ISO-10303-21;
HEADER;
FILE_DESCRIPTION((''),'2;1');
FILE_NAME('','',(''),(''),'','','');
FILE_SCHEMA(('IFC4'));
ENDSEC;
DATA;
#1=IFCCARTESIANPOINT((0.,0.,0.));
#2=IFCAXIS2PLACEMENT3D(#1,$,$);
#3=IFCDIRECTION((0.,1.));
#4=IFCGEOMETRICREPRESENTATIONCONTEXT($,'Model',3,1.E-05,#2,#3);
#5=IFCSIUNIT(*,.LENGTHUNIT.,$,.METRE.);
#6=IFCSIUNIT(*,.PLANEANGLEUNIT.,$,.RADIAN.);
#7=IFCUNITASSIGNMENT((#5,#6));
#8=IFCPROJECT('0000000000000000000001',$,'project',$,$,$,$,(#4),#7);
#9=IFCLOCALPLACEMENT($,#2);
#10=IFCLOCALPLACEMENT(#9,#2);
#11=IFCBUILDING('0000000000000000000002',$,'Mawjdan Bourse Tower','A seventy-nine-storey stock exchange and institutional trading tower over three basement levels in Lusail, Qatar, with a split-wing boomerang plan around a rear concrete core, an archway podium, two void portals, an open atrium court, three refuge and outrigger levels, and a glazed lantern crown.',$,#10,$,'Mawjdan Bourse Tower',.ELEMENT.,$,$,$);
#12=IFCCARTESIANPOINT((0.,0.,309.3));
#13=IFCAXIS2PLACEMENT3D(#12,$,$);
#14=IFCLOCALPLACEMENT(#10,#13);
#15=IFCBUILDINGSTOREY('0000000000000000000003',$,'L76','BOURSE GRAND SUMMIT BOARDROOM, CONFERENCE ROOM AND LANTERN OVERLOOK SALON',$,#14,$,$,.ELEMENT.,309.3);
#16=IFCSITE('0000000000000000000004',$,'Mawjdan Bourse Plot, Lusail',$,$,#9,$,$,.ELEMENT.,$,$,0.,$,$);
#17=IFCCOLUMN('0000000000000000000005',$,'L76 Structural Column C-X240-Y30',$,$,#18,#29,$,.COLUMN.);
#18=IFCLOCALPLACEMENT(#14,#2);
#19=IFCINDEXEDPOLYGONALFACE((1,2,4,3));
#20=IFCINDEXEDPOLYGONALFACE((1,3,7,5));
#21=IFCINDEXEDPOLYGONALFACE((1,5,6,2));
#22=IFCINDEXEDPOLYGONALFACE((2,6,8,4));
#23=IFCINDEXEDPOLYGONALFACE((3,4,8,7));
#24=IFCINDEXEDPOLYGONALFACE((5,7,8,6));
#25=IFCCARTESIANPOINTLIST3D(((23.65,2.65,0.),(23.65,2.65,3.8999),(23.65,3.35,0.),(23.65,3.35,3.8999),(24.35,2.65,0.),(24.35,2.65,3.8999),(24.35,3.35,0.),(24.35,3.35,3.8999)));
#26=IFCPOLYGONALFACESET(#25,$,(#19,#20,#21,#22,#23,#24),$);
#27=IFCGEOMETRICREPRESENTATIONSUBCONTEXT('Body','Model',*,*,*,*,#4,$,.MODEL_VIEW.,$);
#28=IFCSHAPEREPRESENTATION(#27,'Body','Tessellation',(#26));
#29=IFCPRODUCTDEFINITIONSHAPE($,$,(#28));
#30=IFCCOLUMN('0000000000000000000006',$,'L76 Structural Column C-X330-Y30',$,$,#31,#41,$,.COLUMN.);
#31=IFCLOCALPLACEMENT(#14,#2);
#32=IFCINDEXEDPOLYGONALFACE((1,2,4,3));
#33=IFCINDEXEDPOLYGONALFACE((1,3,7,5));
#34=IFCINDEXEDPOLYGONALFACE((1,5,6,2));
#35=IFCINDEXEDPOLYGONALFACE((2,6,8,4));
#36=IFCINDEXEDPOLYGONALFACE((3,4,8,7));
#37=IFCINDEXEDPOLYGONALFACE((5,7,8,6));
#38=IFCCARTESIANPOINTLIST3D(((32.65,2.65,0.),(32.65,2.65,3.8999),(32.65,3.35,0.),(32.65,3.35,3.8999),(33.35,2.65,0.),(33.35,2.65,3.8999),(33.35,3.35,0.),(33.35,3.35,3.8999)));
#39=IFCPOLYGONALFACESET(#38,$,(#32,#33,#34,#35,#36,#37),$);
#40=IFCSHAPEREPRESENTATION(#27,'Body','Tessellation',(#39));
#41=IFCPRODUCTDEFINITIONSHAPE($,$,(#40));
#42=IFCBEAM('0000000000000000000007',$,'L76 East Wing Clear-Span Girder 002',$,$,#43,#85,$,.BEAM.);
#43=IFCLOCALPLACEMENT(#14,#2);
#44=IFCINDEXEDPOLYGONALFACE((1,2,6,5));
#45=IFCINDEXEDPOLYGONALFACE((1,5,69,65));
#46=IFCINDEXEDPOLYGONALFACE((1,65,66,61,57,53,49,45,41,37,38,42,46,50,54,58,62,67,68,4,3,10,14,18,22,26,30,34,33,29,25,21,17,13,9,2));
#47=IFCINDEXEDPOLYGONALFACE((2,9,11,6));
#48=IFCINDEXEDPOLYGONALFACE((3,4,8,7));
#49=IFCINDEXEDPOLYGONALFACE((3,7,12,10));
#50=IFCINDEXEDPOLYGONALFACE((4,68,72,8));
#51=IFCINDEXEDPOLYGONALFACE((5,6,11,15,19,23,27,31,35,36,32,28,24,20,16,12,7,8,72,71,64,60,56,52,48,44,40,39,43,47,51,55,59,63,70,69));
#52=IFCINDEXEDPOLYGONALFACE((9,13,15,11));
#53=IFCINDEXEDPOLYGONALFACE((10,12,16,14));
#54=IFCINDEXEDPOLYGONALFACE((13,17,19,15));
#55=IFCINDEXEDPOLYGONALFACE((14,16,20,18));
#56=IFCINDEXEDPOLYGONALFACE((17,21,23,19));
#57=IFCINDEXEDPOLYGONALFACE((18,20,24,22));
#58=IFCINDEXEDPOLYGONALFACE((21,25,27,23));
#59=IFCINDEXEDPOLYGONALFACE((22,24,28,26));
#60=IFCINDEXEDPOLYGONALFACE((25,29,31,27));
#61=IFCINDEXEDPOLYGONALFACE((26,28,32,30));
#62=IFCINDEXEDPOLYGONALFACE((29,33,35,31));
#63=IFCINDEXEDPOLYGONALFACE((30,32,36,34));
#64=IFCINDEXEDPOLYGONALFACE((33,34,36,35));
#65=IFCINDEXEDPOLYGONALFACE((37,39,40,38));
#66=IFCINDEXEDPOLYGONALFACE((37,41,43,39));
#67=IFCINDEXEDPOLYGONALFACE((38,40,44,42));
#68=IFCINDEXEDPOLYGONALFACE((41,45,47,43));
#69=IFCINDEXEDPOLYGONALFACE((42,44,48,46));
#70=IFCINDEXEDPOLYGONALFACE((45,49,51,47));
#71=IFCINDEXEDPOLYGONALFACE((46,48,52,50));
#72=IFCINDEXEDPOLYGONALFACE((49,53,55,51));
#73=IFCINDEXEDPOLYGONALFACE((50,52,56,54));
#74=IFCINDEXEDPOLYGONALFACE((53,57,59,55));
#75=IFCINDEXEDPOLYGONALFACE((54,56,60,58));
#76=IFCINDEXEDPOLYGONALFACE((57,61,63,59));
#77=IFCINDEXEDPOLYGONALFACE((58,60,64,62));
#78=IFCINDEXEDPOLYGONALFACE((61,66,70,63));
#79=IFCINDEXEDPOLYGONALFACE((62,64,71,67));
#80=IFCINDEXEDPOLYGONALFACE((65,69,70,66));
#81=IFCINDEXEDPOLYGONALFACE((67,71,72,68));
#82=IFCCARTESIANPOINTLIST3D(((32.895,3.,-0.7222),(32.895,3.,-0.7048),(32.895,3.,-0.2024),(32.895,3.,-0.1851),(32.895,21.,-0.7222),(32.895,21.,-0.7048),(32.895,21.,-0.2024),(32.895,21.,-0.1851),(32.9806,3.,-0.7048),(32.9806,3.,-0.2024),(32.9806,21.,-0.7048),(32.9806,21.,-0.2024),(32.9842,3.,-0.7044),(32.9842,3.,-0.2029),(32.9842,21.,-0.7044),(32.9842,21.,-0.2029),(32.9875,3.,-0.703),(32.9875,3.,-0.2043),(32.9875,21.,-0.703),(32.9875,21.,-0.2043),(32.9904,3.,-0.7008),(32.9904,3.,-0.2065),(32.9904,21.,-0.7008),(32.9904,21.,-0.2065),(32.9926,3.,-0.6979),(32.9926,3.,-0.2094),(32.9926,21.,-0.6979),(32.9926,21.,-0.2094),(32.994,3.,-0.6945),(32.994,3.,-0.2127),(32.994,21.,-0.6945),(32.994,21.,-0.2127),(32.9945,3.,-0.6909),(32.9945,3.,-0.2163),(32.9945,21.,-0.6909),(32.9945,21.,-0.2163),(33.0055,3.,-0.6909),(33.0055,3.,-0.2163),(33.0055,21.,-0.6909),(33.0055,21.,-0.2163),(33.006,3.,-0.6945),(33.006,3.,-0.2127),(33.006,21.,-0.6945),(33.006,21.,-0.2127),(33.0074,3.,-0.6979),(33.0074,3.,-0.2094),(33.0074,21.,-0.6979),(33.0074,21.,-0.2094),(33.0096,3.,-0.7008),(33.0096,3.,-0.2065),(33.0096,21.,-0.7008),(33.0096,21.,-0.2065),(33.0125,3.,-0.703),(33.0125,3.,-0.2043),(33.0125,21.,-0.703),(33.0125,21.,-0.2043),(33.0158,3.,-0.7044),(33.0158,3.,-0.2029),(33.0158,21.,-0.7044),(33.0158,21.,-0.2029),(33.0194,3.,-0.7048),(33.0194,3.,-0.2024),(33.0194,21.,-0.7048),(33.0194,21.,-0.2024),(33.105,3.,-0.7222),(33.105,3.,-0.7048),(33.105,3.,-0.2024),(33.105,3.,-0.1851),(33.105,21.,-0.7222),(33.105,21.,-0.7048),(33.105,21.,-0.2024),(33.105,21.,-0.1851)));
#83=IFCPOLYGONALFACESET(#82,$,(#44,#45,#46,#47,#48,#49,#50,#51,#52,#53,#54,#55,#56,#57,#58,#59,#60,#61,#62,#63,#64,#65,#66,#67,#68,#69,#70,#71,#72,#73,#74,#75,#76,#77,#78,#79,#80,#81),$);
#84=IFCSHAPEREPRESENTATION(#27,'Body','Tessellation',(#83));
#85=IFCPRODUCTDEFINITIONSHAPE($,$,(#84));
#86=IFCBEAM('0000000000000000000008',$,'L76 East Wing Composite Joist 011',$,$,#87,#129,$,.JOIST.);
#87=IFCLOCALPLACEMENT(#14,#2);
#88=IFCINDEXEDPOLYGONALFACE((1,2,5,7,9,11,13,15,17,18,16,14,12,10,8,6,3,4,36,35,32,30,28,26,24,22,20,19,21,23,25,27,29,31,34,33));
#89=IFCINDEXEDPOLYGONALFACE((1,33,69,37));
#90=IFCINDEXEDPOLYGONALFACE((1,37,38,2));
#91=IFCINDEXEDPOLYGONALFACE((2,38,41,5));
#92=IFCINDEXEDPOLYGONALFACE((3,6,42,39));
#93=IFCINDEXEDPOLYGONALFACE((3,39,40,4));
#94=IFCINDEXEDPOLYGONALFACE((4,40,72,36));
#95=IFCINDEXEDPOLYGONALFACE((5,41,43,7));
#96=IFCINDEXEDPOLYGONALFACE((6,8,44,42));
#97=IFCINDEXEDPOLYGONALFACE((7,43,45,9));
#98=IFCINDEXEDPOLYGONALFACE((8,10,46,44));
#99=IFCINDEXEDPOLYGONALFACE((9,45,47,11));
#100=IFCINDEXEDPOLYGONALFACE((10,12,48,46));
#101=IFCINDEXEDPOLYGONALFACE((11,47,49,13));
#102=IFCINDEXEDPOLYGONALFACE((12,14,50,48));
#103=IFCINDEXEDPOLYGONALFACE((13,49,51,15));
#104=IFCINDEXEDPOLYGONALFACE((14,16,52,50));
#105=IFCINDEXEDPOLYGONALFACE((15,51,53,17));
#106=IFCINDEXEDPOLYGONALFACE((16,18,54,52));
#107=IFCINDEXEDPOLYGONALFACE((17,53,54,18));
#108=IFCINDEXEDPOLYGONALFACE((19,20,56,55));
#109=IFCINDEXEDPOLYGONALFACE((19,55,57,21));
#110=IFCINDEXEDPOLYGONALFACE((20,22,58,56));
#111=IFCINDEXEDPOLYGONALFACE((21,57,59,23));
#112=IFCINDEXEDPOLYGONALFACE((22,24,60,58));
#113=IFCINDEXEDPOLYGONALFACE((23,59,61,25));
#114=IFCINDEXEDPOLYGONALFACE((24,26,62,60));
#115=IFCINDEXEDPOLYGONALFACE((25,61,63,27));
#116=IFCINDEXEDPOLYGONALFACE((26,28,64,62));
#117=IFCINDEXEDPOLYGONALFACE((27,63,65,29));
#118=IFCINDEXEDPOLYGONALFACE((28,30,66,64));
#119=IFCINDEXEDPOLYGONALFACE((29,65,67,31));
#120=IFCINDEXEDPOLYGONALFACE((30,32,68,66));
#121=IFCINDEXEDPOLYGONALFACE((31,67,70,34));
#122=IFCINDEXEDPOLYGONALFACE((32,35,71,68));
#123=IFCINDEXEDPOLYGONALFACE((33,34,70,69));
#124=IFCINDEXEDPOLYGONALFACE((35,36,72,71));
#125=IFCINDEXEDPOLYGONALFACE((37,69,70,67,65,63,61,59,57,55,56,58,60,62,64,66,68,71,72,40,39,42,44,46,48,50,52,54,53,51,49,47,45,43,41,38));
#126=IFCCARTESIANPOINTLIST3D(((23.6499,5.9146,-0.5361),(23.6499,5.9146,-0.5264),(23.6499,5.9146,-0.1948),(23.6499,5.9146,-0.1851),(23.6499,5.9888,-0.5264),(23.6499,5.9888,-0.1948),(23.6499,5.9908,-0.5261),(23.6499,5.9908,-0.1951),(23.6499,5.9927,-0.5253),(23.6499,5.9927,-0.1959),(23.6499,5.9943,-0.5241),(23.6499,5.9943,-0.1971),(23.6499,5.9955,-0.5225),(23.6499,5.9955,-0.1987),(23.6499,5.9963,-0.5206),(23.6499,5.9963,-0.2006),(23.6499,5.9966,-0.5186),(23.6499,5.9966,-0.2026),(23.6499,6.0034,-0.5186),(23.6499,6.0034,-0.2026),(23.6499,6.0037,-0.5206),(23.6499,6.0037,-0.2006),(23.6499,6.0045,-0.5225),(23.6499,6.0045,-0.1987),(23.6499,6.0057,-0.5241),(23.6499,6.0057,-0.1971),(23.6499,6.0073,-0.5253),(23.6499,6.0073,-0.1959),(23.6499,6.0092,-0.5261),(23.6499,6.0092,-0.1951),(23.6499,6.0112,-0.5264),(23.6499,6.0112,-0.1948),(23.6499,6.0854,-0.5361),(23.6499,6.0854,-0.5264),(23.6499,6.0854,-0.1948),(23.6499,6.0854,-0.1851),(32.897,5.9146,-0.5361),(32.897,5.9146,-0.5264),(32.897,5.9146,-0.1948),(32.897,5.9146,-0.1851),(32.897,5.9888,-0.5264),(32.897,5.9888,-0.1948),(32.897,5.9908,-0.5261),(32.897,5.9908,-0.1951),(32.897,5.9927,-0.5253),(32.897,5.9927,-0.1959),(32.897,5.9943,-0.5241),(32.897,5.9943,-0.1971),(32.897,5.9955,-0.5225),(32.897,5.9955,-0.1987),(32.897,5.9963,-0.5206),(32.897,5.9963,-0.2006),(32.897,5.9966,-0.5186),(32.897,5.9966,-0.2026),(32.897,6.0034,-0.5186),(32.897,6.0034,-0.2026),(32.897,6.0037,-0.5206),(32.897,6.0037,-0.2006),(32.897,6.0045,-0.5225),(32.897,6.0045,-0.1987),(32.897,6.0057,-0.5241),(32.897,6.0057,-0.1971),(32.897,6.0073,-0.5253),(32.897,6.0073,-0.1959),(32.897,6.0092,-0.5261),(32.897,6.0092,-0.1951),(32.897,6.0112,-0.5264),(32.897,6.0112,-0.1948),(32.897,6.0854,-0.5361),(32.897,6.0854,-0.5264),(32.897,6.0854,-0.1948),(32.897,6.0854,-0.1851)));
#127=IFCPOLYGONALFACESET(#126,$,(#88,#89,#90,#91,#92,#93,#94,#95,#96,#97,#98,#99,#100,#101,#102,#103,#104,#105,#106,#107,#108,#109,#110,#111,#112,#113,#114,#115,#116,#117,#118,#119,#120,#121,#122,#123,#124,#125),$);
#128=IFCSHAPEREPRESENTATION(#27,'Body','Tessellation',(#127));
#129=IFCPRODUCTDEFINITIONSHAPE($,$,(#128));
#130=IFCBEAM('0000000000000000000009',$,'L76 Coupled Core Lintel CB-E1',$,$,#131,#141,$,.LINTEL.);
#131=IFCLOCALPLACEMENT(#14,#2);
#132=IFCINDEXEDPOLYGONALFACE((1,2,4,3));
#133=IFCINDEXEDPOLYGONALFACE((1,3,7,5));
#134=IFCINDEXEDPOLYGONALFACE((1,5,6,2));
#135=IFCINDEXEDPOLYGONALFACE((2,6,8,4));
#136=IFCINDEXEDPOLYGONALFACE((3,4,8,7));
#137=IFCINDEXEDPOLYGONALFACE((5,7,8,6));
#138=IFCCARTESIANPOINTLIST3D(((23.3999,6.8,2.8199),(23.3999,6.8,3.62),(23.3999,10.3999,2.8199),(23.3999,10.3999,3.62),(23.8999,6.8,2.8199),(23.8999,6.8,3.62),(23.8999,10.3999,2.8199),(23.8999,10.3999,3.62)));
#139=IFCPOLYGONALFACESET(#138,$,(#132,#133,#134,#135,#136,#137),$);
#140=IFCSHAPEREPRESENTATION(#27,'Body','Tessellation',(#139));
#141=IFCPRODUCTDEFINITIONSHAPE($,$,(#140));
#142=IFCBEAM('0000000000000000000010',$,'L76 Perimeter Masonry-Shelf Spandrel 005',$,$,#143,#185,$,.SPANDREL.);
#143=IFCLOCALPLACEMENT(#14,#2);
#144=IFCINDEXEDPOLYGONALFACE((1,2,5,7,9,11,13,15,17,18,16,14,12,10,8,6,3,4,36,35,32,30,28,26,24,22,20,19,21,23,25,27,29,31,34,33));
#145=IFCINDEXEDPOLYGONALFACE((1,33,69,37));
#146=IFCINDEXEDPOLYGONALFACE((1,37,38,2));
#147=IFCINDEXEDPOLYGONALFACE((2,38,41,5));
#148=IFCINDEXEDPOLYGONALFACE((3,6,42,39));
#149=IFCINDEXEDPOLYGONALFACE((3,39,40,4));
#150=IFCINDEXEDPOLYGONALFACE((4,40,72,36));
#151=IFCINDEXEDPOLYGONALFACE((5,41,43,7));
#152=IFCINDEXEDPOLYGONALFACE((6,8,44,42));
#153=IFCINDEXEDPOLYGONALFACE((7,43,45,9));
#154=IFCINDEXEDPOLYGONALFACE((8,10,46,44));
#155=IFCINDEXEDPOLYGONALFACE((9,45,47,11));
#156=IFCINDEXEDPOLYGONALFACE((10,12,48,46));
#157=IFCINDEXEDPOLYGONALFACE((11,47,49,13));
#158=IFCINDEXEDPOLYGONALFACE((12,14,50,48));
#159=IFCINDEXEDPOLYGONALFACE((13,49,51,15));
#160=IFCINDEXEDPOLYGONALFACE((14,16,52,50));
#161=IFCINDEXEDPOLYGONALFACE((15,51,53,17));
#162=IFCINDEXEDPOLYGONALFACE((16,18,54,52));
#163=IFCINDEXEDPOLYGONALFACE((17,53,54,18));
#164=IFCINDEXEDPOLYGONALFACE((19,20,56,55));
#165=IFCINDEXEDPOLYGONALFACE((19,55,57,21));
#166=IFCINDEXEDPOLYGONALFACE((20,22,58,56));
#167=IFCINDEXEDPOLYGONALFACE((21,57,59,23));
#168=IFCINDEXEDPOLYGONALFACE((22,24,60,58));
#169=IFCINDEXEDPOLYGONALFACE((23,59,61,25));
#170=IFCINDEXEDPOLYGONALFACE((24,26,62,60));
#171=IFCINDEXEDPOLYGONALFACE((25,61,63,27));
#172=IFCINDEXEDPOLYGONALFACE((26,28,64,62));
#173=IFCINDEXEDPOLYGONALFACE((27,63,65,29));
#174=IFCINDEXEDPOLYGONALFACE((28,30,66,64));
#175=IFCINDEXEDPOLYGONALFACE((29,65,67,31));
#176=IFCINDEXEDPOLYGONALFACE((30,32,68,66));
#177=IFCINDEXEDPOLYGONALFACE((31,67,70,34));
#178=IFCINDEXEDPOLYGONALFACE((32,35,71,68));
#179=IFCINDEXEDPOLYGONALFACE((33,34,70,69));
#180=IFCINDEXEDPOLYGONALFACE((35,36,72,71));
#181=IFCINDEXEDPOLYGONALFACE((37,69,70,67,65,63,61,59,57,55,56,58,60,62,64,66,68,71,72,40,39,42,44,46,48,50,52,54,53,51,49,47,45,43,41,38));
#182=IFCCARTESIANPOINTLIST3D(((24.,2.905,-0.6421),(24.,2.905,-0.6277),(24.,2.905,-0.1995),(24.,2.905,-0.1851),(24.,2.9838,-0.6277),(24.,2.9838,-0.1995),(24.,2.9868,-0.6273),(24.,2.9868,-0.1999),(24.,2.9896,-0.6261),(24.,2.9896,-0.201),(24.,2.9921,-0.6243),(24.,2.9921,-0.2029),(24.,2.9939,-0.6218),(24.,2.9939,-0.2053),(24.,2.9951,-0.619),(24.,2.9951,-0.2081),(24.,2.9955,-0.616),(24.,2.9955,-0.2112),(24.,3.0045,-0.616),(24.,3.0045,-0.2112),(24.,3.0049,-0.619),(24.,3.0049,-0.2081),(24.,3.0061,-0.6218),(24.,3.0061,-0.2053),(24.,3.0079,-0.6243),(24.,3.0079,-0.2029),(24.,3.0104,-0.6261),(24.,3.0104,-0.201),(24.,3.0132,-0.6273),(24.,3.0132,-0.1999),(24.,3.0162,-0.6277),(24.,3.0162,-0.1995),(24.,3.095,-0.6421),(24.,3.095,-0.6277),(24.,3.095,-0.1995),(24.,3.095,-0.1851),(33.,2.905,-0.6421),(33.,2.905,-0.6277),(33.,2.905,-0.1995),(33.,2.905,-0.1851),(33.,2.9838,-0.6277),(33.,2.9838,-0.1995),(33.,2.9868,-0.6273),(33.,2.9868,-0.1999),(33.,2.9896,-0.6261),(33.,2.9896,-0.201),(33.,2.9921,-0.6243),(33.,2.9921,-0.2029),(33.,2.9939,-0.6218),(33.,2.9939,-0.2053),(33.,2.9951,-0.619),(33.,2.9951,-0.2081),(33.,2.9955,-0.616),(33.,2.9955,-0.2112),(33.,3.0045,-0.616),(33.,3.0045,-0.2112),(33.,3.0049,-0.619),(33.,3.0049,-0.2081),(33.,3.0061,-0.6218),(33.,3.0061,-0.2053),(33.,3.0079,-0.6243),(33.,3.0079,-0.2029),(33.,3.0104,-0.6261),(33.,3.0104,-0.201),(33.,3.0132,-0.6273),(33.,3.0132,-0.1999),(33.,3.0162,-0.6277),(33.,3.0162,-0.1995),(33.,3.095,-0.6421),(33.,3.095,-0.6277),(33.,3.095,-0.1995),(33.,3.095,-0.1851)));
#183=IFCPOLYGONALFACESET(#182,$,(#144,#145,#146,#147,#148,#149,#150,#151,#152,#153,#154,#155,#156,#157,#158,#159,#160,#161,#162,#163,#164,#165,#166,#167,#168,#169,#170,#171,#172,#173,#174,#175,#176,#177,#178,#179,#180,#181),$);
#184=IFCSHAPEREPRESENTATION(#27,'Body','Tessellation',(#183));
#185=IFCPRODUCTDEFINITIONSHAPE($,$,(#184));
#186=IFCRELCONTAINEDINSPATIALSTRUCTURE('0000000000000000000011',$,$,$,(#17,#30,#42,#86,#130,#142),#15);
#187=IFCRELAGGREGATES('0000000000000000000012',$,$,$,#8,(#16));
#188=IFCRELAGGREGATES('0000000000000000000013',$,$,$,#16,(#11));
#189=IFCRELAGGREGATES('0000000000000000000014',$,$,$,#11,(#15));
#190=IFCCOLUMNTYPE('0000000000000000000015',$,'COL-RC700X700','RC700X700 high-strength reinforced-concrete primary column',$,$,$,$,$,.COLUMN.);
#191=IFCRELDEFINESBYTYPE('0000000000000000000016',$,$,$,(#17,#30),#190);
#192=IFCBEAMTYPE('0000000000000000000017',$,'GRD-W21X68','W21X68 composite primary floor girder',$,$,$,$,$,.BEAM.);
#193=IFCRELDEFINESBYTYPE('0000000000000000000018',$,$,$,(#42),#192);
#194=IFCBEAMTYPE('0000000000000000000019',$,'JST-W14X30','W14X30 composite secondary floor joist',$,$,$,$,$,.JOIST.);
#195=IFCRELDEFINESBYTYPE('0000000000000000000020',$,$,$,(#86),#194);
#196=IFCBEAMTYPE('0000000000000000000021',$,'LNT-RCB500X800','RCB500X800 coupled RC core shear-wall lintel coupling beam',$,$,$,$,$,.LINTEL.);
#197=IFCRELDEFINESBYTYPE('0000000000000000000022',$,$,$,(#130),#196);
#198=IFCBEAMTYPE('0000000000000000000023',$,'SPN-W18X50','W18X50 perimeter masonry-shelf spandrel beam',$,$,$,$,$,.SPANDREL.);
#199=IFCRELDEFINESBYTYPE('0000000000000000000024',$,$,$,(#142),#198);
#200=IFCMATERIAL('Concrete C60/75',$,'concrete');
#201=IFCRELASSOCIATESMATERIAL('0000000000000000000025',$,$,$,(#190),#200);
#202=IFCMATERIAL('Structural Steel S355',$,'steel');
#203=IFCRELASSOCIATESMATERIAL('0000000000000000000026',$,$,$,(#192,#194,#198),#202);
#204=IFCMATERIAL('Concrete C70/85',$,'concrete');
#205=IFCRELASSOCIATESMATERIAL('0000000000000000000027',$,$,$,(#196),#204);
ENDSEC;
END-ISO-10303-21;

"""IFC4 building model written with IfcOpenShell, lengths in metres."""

from ifc_helpers import new_model, si_unit, direction, frame, origin, origin_2d, place, context, subcontext, project, spatial, rectangle, i_section, extrude, material, material_profile, profile_set, type_object, element, save


model = new_model("IFC4")

# Units and contexts
model_context = context("Model", 3, precision=1e-05, world=origin(), true_north=direction((0.0, 1.0)))
body_context = subcontext(model_context, "Body", "Model", "MODEL_VIEW")
ifc_project = project(units=[si_unit("LENGTHUNIT", "METRE"), si_unit("PLANEANGLEUNIT", "RADIAN")], contexts=[model_context])

# Site, building, storey
site_placement = place(None, origin())
site = spatial("IfcSite", under=ifc_project, at=site_placement, Name="Mawjdan Bourse Plot, Lusail", CompositionType="ELEMENT", RefElevation=0.0)
building_placement = place(site_placement, origin())
building = spatial("IfcBuilding", under=site, at=building_placement, Name="Mawjdan Bourse Tower", Description="A seventy-nine-storey stock exchange and institutional trading tower over three basement levels in Lusail, Qatar, with a split-wing boomerang plan around a rear concrete core, an archway podium, two void portals, an open atrium court, three refuge and outrigger levels, and a glazed lantern crown.", LongName="Mawjdan Bourse Tower", CompositionType="ELEMENT")
storey_placement = place(building_placement, frame((0.0, 0.0, 309.3)))
storey = spatial("IfcBuildingStorey", under=building, at=storey_placement, Name="L76", Description="BOURSE GRAND SUMMIT BOARDROOM, CONFERENCE ROOM AND LANTERN OVERLOOK SALON", CompositionType="ELEMENT", Elevation=309.3)

# Columns
ifc_material_1 = material(Name="Concrete C60/75", Category="concrete")
ifc_material_profile_1 = material_profile(ifc_material_1, rectangle(XDim=0.7, YDim=0.7, at=origin_2d()), Name="RC700X700")
ifc_profile_set_1 = profile_set([ifc_material_profile_1], Name="Concrete C60/75")
column_type = type_object("IfcColumnType", Name="COL-RC700X700", Description="RC700X700 high-strength reinforced-concrete primary column", PredefinedType="COLUMN", material=ifc_profile_set_1)
for number, where, z_axis, x_axis, name in (
    (1, (24.0, 3.0, 0.0), (0.0, 0.0, 1.0), (1.0, 0.0, 0.0), "L76 Structural Column C-X240-Y30"),
    (2, (33.0, 3.0, 0.0), (0.0, 0.0, 1.0), (1.0, 0.0, 0.0), "L76 Structural Column C-X330-Y30"),
):
    element("IfcColumn", number, at=place(storey_placement, frame(where, z_axis=z_axis, x_axis=x_axis)), inside=storey, type_object=column_type, Name=name, PredefinedType="COLUMN", context=body_context, shape_type="SweptSolid", body=[
        extrude(rectangle(XDim=0.7, YDim=0.7, at=origin_2d()), origin(), (0.0, 0.0, 1.0), 3.8999),
    ])

# Beams
ifc_material_2 = material(Name="Structural Steel S355", Category="steel")
ifc_material_profile_2 = material_profile(ifc_material_2, i_section(OverallWidth=0.21, OverallDepth=0.5371, WebThickness=0.011, FlangeThickness=0.0173, FilletRadius=0.0139, at=origin_2d()), Name="W21X68")
ifc_profile_set_2 = profile_set([ifc_material_profile_2], Name="Structural Steel S355")
beam_type_1 = type_object("IfcBeamType", Name="GRD-W21X68", Description="W21X68 composite primary floor girder", PredefinedType="BEAM", material=ifc_profile_set_2)
beam_1_placement = place(storey_placement, frame((33.0, 3.0, -0.4536), z_axis=(0.0, 1.0, 0.0), x_axis=(-1.0, 0.0, 0.0)))
element("IfcBeam", 3, at=beam_1_placement, inside=storey, type_object=beam_type_1, Name="L76 East Wing Clear-Span Girder 002", PredefinedType="BEAM", context=body_context, shape_type="SweptSolid", body=[
    extrude(i_section(OverallWidth=0.21, OverallDepth=0.5371, WebThickness=0.011, FlangeThickness=0.0173, FilletRadius=0.0139, at=origin_2d()), origin(), (0.0, 0.0, 1.0), 18.0),
])
ifc_material_profile_3 = material_profile(ifc_material_2, i_section(OverallWidth=0.1709, OverallDepth=0.3511, WebThickness=0.0068, FlangeThickness=0.0098, FilletRadius=0.0078, at=origin_2d()), Name="W14X30")
ifc_profile_set_3 = profile_set([ifc_material_profile_3], Name="Structural Steel S355")
beam_type_2 = type_object("IfcBeamType", Name="JST-W14X30", Description="W14X30 composite secondary floor joist", PredefinedType="JOIST", material=ifc_profile_set_3)
beam_2_placement = place(storey_placement, frame((23.6499, 6.0, -0.3606), z_axis=(1.0, 0.0, 0.0), x_axis=(0.0, 1.0, 0.0)))
element("IfcBeam", 4, at=beam_2_placement, inside=storey, type_object=beam_type_2, Name="L76 East Wing Composite Joist 011", PredefinedType="JOIST", context=body_context, shape_type="SweptSolid", body=[
    extrude(i_section(OverallWidth=0.1709, OverallDepth=0.3511, WebThickness=0.0068, FlangeThickness=0.0098, FilletRadius=0.0078, at=origin_2d()), origin(), (0.0, 0.0, 1.0), 9.2471),
])
ifc_material_3 = material(Name="Concrete C70/85", Category="concrete")
ifc_material_profile_4 = material_profile(ifc_material_3, rectangle(XDim=0.5, YDim=0.8, at=origin_2d()), Name="RCB500X800")
ifc_profile_set_4 = profile_set([ifc_material_profile_4], Name="Concrete C70/85")
beam_type_3 = type_object("IfcBeamType", Name="LNT-RCB500X800", Description="RCB500X800 coupled RC core shear-wall lintel coupling beam", PredefinedType="LINTEL", material=ifc_profile_set_4)
beam_3_placement = place(storey_placement, frame((23.6499, 6.8, 3.22), z_axis=(0.0, 1.0, 0.0), x_axis=(-1.0, 0.0, 0.0)))
element("IfcBeam", 5, at=beam_3_placement, inside=storey, type_object=beam_type_3, Name="L76 Coupled Core Lintel CB-E1", PredefinedType="LINTEL", context=body_context, shape_type="SweptSolid", body=[
    extrude(rectangle(XDim=0.5, YDim=0.8, at=origin_2d()), origin(), (0.0, 0.0, 1.0), 3.5999),
])
ifc_material_profile_5 = material_profile(ifc_material_2, i_section(OverallWidth=0.1899, OverallDepth=0.457, WebThickness=0.009, FlangeThickness=0.0144, FilletRadius=0.0117, at=origin_2d()), Name="W18X50")
ifc_profile_set_5 = profile_set([ifc_material_profile_5], Name="Structural Steel S355")
beam_type_4 = type_object("IfcBeamType", Name="SPN-W18X50", Description="W18X50 perimeter masonry-shelf spandrel beam", PredefinedType="SPANDREL", material=ifc_profile_set_5)
beam_4_placement = place(storey_placement, frame((24.0, 3.0, -0.4136), z_axis=(1.0, 0.0, 0.0), x_axis=(0.0, 1.0, 0.0)))
element("IfcBeam", 6, at=beam_4_placement, inside=storey, type_object=beam_type_4, Name="L76 Perimeter Masonry-Shelf Spandrel 005", PredefinedType="SPANDREL", context=body_context, shape_type="SweptSolid", body=[
    extrude(i_section(OverallWidth=0.1899, OverallDepth=0.457, WebThickness=0.009, FlangeThickness=0.0144, FilletRadius=0.0117, at=origin_2d()), origin(), (0.0, 0.0, 1.0), 9.0),
])

save(model, "model.ifc")
